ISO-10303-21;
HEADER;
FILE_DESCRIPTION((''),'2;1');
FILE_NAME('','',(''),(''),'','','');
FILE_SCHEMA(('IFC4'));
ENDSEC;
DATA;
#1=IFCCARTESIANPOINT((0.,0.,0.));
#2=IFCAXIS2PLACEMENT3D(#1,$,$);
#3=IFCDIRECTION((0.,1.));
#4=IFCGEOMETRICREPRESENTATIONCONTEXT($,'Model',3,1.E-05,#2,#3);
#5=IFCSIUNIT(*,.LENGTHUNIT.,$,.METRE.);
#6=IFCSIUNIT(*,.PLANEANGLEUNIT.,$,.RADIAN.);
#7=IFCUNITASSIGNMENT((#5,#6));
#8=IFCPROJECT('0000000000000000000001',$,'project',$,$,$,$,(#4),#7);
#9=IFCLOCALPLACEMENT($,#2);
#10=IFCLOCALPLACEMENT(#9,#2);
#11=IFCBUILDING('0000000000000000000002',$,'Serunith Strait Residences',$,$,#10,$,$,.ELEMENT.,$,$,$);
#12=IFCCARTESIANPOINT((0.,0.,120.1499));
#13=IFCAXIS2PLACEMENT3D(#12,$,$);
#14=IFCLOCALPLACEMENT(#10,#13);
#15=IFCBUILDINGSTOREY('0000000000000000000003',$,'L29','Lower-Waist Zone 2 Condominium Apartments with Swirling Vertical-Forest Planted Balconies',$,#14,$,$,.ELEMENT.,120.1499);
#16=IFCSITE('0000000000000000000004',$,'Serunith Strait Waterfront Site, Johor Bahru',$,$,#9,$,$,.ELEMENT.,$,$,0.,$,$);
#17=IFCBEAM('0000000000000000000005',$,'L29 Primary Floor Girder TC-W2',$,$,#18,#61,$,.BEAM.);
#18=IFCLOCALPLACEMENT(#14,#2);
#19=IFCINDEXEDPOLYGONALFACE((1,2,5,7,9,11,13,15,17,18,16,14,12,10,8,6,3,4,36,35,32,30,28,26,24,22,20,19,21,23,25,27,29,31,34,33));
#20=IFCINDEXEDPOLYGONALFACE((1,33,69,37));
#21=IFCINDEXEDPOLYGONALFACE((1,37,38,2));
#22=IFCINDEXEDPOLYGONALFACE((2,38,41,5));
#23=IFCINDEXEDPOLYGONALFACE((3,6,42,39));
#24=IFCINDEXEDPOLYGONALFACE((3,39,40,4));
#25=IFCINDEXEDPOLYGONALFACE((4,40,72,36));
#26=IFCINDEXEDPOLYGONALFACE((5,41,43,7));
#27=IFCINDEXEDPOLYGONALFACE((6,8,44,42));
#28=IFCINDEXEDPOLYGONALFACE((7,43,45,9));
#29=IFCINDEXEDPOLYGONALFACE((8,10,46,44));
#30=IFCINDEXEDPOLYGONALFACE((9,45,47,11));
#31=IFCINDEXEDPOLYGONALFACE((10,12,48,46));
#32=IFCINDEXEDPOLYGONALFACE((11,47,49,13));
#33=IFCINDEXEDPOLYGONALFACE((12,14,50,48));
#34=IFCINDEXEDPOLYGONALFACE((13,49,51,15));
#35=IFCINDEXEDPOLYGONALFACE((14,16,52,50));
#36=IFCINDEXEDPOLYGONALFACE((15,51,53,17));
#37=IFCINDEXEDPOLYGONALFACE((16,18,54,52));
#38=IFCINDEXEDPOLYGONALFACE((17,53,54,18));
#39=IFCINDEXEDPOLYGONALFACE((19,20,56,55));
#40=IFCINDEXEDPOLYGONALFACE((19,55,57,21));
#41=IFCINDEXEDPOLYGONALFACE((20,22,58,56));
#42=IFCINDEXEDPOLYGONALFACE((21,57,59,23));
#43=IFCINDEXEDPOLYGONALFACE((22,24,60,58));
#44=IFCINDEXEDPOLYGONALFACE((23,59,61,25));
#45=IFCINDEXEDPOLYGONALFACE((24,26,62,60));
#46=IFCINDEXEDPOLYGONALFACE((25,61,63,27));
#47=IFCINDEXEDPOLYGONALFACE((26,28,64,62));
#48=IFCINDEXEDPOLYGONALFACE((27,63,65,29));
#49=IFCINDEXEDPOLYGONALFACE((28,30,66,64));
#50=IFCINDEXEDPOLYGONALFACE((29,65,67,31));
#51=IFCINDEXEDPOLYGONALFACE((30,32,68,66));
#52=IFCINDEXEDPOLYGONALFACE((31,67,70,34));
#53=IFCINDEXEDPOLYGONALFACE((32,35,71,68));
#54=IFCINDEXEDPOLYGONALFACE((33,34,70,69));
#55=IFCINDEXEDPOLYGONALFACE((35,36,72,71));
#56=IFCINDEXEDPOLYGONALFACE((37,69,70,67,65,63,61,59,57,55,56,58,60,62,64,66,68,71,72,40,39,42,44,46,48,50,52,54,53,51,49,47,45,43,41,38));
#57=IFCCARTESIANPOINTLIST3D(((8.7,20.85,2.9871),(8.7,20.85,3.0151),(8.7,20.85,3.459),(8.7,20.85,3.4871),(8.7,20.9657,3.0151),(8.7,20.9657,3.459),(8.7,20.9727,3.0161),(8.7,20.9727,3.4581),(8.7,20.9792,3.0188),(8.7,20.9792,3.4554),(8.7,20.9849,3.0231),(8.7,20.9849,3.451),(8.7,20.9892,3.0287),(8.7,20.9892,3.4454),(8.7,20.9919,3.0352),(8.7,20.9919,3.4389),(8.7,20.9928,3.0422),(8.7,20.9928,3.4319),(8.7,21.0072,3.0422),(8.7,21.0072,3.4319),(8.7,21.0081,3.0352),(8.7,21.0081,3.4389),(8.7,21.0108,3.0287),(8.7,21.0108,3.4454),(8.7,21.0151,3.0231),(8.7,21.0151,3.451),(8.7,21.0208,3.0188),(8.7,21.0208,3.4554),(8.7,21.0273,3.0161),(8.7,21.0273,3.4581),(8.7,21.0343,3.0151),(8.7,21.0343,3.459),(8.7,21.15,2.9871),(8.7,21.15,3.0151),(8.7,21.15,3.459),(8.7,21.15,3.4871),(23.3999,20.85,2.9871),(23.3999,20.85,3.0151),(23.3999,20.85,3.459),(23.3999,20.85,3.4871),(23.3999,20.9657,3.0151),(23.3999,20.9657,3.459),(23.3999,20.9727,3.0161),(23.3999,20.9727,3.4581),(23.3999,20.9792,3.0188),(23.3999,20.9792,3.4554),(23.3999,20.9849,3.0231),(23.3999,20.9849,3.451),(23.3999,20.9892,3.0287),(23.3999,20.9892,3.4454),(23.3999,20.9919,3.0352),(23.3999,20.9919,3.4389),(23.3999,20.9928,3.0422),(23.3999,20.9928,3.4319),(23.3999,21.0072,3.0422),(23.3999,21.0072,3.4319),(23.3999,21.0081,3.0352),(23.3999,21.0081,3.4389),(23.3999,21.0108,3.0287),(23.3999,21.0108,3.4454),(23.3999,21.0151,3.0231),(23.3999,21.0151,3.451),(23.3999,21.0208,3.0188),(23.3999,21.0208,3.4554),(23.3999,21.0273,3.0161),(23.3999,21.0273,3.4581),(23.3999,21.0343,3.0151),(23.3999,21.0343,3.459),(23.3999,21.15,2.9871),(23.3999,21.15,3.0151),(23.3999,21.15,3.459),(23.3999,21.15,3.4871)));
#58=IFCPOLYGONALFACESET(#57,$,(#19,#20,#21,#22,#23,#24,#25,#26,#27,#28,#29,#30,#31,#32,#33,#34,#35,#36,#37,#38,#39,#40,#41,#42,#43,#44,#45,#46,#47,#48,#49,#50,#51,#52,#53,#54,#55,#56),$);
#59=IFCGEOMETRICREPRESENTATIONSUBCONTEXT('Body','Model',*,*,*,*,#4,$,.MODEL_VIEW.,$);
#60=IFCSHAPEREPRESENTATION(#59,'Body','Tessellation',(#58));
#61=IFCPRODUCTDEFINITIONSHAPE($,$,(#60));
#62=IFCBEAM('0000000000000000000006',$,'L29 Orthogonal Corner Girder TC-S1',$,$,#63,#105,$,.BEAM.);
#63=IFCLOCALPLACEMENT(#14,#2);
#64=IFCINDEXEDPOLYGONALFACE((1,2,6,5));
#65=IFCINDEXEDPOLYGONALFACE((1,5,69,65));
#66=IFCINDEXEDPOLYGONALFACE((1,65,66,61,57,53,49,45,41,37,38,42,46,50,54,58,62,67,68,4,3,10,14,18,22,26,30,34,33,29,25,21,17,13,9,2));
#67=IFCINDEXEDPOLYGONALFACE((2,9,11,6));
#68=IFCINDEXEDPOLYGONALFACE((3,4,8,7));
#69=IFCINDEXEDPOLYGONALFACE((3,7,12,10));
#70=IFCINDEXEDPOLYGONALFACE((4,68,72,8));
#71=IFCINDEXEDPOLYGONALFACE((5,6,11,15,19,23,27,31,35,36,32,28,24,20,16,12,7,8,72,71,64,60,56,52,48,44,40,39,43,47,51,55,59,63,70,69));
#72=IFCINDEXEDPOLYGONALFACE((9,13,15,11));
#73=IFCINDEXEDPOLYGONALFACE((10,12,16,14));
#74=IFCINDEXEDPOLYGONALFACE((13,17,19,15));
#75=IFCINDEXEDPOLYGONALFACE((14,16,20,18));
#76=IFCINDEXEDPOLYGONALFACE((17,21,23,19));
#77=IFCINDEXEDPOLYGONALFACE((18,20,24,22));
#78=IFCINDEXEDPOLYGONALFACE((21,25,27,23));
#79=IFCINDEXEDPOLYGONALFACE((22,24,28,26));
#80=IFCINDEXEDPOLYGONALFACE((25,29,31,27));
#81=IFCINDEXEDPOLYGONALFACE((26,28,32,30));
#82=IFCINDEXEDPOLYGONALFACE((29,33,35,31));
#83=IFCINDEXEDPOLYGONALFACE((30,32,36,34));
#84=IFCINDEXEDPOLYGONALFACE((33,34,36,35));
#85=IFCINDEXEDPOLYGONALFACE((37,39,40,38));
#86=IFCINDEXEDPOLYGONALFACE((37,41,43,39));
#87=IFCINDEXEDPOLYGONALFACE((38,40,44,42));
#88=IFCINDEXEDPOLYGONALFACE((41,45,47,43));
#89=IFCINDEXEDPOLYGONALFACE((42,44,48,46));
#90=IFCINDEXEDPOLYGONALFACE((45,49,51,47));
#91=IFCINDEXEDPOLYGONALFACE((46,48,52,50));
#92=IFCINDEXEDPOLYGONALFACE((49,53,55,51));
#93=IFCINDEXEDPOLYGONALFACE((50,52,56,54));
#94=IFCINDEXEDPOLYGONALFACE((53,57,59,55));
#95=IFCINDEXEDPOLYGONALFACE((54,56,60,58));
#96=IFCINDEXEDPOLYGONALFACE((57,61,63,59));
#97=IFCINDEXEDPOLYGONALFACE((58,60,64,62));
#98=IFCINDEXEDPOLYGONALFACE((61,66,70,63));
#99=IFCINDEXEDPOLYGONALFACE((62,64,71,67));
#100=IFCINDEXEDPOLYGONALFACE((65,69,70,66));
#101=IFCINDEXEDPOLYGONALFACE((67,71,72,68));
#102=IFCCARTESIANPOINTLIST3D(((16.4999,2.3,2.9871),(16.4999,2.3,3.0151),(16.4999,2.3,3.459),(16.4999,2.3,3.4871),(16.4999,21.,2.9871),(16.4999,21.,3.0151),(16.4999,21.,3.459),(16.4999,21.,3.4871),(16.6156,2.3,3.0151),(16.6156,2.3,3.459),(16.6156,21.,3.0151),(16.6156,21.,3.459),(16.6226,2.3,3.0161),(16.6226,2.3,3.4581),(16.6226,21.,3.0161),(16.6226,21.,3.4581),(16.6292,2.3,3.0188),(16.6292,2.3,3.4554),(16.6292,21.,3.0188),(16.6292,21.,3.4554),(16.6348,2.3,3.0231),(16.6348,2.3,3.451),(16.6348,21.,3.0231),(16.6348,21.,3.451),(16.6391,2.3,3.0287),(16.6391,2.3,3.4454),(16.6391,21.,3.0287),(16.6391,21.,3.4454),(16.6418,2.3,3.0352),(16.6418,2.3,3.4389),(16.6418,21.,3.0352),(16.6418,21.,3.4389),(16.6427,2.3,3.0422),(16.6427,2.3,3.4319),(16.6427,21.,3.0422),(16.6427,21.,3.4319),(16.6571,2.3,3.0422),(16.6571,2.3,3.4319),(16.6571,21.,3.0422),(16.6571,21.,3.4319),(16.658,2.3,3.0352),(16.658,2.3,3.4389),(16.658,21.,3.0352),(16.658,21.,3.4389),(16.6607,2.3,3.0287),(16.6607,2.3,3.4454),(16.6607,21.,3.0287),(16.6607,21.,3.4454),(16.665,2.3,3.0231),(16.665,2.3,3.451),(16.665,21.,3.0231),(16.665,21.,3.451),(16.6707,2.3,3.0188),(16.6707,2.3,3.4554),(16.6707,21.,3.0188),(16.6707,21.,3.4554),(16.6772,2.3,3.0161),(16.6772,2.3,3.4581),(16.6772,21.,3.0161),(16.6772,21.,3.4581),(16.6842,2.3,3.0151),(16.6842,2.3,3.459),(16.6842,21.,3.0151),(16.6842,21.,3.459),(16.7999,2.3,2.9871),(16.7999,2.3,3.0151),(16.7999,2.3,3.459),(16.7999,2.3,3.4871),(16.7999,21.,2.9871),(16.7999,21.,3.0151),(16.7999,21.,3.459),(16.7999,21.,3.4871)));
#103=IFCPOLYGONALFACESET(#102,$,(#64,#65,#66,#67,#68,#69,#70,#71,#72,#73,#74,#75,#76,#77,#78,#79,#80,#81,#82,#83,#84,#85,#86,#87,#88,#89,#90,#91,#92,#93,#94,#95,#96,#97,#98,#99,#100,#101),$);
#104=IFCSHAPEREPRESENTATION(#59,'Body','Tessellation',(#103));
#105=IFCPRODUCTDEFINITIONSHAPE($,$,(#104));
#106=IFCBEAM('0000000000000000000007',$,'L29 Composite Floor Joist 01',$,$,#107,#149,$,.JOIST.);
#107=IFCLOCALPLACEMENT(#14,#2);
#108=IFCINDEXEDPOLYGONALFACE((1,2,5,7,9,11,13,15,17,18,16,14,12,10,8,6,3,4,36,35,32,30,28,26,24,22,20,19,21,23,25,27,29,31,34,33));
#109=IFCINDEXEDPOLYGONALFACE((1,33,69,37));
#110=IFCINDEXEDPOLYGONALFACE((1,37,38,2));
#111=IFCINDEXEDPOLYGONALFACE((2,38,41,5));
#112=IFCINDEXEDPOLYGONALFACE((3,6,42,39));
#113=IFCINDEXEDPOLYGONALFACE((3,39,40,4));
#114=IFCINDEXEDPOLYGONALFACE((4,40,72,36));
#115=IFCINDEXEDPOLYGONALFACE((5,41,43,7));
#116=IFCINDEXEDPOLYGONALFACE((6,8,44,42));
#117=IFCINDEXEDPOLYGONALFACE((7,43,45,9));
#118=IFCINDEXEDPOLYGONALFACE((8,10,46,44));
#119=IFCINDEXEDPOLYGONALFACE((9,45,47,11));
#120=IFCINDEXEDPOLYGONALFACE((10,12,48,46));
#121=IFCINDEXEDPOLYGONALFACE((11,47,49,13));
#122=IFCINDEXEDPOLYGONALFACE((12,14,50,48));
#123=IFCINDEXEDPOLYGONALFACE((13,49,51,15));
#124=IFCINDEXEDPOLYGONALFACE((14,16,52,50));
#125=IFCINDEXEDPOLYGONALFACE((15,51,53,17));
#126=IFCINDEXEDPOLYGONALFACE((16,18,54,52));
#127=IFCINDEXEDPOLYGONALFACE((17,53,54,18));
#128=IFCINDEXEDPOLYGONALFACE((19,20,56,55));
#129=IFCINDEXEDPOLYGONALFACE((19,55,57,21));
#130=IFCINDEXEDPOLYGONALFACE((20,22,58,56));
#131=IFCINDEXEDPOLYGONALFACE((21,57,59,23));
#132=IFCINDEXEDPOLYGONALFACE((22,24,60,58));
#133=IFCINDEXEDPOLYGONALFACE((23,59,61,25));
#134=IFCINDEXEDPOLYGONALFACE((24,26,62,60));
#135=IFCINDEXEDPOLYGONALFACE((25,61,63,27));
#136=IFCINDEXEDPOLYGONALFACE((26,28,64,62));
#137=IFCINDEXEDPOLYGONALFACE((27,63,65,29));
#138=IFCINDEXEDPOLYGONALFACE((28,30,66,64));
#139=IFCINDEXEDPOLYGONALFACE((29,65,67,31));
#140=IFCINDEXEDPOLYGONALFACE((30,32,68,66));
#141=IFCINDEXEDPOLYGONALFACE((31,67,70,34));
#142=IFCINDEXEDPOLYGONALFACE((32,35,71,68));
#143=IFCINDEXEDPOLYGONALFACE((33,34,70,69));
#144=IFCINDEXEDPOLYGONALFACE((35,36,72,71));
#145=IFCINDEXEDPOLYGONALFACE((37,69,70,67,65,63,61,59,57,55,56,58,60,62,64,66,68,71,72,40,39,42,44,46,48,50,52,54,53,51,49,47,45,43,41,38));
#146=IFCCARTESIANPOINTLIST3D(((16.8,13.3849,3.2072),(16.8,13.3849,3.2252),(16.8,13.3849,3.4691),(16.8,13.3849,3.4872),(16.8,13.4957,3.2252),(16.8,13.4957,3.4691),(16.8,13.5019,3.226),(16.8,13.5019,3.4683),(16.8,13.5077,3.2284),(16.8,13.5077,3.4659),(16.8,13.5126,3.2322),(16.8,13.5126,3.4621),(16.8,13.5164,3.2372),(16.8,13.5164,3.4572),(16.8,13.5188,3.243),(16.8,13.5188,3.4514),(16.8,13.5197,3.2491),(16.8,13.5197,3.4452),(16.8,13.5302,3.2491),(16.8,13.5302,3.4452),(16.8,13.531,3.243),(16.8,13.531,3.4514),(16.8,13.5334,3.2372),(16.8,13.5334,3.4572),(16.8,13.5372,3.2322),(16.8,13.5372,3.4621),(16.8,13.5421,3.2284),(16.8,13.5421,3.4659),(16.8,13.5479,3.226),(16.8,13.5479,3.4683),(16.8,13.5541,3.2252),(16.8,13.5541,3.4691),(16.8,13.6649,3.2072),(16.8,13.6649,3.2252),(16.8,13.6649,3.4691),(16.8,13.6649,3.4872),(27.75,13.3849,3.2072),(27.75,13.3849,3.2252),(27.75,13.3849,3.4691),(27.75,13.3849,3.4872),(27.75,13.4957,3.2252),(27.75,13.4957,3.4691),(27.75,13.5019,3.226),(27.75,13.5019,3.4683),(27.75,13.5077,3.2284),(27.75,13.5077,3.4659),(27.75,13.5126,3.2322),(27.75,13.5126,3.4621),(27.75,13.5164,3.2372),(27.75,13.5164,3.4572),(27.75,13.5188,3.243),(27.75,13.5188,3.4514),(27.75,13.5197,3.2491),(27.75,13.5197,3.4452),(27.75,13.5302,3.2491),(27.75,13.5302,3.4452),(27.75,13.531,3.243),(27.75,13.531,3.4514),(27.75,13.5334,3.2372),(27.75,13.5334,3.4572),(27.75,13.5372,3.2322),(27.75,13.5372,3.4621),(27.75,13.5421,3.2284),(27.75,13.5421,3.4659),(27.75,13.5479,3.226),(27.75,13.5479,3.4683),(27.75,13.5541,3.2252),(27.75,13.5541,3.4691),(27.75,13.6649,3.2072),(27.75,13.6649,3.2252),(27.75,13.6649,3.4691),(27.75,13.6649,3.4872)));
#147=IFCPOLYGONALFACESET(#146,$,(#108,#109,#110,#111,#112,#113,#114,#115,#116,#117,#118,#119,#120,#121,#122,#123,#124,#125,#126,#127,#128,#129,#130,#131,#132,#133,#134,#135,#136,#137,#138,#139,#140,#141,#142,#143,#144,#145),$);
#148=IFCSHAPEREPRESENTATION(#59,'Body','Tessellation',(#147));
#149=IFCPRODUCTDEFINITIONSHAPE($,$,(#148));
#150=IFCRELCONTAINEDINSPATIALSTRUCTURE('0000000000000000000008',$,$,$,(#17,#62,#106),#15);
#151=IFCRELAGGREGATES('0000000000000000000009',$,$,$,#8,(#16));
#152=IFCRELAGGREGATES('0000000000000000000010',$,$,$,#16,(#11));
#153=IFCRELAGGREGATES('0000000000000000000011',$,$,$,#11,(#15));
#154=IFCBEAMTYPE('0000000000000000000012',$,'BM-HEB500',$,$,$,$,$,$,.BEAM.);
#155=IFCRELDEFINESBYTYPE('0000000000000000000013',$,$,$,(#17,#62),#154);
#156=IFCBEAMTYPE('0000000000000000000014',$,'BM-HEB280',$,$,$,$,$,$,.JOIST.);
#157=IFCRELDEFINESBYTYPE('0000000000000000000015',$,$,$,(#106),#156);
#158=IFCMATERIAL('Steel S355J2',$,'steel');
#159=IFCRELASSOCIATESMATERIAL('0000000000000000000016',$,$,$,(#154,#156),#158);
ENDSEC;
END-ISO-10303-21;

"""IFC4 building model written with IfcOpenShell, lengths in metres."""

from ifc_helpers import new_model, si_unit, direction, frame, origin, origin_2d, place, context, subcontext, project, spatial, i_section, extrude, source, transform, mapped, material, material_profile, profile_set, type_object, element, save


model = new_model("IFC4")

# Units and contexts
model_context = context("Model", 3, precision=1e-05, world=origin(), true_north=direction((0.0, 1.0)))
body_context = subcontext(model_context, "Body", "Model", "MODEL_VIEW")
ifc_project = project(units=[si_unit("LENGTHUNIT", "METRE"), si_unit("PLANEANGLEUNIT", "RADIAN")], contexts=[model_context])

# Site, building, storey
site_placement = place(None, origin())
site = spatial("IfcSite", under=ifc_project, at=site_placement, Name="Serunith Strait Waterfront Site, Johor Bahru", CompositionType="ELEMENT", RefElevation=0.0)
building_placement = place(site_placement, origin())
building = spatial("IfcBuilding", under=site, at=building_placement, Name="Serunith Strait Residences", CompositionType="ELEMENT")
storey_placement = place(building_placement, frame((0.0, 0.0, 120.1499)))
storey = spatial("IfcBuildingStorey", under=building, at=storey_placement, Name="L29", Description="Lower-Waist Zone 2 Condominium Apartments with Swirling Vertical-Forest Planted Balconies", CompositionType="ELEMENT", Elevation=120.1499)

# Beams
ifc_material_1 = material(Name="Steel S355J2", Category="steel")
ifc_material_profile_1 = material_profile(ifc_material_1, i_section(OverallWidth=0.3, OverallDepth=0.5, WebThickness=0.0144, FlangeThickness=0.0281, FilletRadius=0.0271, at=origin_2d()), Name="HEB 500")
ifc_profile_set_1 = profile_set([ifc_material_profile_1], Name="Steel S355J2")
beam_type_1 = type_object("IfcBeamType", Name="BM-HEB500", PredefinedType="BEAM", material=ifc_profile_set_1)
shared_shape_1 = source(origin(), body_context, "Body", "SweptSolid", [
    extrude(i_section(OverallWidth=0.3, OverallDepth=0.5, WebThickness=0.0144, FlangeThickness=0.0281, FilletRadius=0.0271, at=origin_2d()), origin(), (0.0, 0.0, 1.0), 14.7),
])
beam_1_placement = place(storey_placement, frame((23.3999, 21.0, 3.2371), z_axis=(-1.0, 0.0, 0.0), x_axis=(0.0, -1.0, 0.0)))
element("IfcBeam", 1, at=beam_1_placement, inside=storey, type_object=beam_type_1, Name="L29 Primary Floor Girder TC-W2", PredefinedType="BEAM", context=body_context, shape_type="MappedRepresentation", body=[
    mapped(shared_shape_1, transform((0.0, 0.0, 0.0), scale=1.0)),
])
shared_shape_2 = source(origin(), body_context, "Body", "SweptSolid", [
    extrude(i_section(OverallWidth=0.3, OverallDepth=0.5, WebThickness=0.0144, FlangeThickness=0.0281, FilletRadius=0.0271, at=origin_2d()), origin(), (0.0, 0.0, 1.0), 18.7),
])
beam_2_placement = place(storey_placement, frame((16.6499, 21.0, 3.2371), z_axis=(0.0, -1.0, 0.0), x_axis=(1.0, 0.0, 0.0)))
element("IfcBeam", 2, at=beam_2_placement, inside=storey, type_object=beam_type_1, Name="L29 Orthogonal Corner Girder TC-S1", PredefinedType="BEAM", context=body_context, shape_type="MappedRepresentation", body=[
    mapped(shared_shape_2, transform((0.0, 0.0, 0.0), scale=1.0)),
])
ifc_material_profile_2 = material_profile(ifc_material_1, i_section(OverallWidth=0.28, OverallDepth=0.28, WebThickness=0.0105, FlangeThickness=0.0181, FilletRadius=0.0239, at=origin_2d()), Name="HEB 280")
ifc_profile_set_2 = profile_set([ifc_material_profile_2], Name="Steel S355J2")
beam_type_2 = type_object("IfcBeamType", Name="BM-HEB280", PredefinedType="JOIST", material=ifc_profile_set_2)
shared_shape_3 = source(origin(), body_context, "Body", "SweptSolid", [
    extrude(i_section(OverallWidth=0.28, OverallDepth=0.28, WebThickness=0.0105, FlangeThickness=0.0181, FilletRadius=0.0239, at=origin_2d()), origin(), (0.0, 0.0, 1.0), 10.95),
])
beam_3_placement = place(storey_placement, frame((16.8, 13.5249, 3.3472), z_axis=(1.0, 0.0, 0.0), x_axis=(0.0, 1.0, 0.0)))
element("IfcBeam", 3, at=beam_3_placement, inside=storey, type_object=beam_type_2, Name="L29 Composite Floor Joist 01", PredefinedType="JOIST", context=body_context, shape_type="MappedRepresentation", body=[
    mapped(shared_shape_3, transform((0.0, 0.0, 0.0), scale=1.0)),
])

save(model, "model.ifc")
